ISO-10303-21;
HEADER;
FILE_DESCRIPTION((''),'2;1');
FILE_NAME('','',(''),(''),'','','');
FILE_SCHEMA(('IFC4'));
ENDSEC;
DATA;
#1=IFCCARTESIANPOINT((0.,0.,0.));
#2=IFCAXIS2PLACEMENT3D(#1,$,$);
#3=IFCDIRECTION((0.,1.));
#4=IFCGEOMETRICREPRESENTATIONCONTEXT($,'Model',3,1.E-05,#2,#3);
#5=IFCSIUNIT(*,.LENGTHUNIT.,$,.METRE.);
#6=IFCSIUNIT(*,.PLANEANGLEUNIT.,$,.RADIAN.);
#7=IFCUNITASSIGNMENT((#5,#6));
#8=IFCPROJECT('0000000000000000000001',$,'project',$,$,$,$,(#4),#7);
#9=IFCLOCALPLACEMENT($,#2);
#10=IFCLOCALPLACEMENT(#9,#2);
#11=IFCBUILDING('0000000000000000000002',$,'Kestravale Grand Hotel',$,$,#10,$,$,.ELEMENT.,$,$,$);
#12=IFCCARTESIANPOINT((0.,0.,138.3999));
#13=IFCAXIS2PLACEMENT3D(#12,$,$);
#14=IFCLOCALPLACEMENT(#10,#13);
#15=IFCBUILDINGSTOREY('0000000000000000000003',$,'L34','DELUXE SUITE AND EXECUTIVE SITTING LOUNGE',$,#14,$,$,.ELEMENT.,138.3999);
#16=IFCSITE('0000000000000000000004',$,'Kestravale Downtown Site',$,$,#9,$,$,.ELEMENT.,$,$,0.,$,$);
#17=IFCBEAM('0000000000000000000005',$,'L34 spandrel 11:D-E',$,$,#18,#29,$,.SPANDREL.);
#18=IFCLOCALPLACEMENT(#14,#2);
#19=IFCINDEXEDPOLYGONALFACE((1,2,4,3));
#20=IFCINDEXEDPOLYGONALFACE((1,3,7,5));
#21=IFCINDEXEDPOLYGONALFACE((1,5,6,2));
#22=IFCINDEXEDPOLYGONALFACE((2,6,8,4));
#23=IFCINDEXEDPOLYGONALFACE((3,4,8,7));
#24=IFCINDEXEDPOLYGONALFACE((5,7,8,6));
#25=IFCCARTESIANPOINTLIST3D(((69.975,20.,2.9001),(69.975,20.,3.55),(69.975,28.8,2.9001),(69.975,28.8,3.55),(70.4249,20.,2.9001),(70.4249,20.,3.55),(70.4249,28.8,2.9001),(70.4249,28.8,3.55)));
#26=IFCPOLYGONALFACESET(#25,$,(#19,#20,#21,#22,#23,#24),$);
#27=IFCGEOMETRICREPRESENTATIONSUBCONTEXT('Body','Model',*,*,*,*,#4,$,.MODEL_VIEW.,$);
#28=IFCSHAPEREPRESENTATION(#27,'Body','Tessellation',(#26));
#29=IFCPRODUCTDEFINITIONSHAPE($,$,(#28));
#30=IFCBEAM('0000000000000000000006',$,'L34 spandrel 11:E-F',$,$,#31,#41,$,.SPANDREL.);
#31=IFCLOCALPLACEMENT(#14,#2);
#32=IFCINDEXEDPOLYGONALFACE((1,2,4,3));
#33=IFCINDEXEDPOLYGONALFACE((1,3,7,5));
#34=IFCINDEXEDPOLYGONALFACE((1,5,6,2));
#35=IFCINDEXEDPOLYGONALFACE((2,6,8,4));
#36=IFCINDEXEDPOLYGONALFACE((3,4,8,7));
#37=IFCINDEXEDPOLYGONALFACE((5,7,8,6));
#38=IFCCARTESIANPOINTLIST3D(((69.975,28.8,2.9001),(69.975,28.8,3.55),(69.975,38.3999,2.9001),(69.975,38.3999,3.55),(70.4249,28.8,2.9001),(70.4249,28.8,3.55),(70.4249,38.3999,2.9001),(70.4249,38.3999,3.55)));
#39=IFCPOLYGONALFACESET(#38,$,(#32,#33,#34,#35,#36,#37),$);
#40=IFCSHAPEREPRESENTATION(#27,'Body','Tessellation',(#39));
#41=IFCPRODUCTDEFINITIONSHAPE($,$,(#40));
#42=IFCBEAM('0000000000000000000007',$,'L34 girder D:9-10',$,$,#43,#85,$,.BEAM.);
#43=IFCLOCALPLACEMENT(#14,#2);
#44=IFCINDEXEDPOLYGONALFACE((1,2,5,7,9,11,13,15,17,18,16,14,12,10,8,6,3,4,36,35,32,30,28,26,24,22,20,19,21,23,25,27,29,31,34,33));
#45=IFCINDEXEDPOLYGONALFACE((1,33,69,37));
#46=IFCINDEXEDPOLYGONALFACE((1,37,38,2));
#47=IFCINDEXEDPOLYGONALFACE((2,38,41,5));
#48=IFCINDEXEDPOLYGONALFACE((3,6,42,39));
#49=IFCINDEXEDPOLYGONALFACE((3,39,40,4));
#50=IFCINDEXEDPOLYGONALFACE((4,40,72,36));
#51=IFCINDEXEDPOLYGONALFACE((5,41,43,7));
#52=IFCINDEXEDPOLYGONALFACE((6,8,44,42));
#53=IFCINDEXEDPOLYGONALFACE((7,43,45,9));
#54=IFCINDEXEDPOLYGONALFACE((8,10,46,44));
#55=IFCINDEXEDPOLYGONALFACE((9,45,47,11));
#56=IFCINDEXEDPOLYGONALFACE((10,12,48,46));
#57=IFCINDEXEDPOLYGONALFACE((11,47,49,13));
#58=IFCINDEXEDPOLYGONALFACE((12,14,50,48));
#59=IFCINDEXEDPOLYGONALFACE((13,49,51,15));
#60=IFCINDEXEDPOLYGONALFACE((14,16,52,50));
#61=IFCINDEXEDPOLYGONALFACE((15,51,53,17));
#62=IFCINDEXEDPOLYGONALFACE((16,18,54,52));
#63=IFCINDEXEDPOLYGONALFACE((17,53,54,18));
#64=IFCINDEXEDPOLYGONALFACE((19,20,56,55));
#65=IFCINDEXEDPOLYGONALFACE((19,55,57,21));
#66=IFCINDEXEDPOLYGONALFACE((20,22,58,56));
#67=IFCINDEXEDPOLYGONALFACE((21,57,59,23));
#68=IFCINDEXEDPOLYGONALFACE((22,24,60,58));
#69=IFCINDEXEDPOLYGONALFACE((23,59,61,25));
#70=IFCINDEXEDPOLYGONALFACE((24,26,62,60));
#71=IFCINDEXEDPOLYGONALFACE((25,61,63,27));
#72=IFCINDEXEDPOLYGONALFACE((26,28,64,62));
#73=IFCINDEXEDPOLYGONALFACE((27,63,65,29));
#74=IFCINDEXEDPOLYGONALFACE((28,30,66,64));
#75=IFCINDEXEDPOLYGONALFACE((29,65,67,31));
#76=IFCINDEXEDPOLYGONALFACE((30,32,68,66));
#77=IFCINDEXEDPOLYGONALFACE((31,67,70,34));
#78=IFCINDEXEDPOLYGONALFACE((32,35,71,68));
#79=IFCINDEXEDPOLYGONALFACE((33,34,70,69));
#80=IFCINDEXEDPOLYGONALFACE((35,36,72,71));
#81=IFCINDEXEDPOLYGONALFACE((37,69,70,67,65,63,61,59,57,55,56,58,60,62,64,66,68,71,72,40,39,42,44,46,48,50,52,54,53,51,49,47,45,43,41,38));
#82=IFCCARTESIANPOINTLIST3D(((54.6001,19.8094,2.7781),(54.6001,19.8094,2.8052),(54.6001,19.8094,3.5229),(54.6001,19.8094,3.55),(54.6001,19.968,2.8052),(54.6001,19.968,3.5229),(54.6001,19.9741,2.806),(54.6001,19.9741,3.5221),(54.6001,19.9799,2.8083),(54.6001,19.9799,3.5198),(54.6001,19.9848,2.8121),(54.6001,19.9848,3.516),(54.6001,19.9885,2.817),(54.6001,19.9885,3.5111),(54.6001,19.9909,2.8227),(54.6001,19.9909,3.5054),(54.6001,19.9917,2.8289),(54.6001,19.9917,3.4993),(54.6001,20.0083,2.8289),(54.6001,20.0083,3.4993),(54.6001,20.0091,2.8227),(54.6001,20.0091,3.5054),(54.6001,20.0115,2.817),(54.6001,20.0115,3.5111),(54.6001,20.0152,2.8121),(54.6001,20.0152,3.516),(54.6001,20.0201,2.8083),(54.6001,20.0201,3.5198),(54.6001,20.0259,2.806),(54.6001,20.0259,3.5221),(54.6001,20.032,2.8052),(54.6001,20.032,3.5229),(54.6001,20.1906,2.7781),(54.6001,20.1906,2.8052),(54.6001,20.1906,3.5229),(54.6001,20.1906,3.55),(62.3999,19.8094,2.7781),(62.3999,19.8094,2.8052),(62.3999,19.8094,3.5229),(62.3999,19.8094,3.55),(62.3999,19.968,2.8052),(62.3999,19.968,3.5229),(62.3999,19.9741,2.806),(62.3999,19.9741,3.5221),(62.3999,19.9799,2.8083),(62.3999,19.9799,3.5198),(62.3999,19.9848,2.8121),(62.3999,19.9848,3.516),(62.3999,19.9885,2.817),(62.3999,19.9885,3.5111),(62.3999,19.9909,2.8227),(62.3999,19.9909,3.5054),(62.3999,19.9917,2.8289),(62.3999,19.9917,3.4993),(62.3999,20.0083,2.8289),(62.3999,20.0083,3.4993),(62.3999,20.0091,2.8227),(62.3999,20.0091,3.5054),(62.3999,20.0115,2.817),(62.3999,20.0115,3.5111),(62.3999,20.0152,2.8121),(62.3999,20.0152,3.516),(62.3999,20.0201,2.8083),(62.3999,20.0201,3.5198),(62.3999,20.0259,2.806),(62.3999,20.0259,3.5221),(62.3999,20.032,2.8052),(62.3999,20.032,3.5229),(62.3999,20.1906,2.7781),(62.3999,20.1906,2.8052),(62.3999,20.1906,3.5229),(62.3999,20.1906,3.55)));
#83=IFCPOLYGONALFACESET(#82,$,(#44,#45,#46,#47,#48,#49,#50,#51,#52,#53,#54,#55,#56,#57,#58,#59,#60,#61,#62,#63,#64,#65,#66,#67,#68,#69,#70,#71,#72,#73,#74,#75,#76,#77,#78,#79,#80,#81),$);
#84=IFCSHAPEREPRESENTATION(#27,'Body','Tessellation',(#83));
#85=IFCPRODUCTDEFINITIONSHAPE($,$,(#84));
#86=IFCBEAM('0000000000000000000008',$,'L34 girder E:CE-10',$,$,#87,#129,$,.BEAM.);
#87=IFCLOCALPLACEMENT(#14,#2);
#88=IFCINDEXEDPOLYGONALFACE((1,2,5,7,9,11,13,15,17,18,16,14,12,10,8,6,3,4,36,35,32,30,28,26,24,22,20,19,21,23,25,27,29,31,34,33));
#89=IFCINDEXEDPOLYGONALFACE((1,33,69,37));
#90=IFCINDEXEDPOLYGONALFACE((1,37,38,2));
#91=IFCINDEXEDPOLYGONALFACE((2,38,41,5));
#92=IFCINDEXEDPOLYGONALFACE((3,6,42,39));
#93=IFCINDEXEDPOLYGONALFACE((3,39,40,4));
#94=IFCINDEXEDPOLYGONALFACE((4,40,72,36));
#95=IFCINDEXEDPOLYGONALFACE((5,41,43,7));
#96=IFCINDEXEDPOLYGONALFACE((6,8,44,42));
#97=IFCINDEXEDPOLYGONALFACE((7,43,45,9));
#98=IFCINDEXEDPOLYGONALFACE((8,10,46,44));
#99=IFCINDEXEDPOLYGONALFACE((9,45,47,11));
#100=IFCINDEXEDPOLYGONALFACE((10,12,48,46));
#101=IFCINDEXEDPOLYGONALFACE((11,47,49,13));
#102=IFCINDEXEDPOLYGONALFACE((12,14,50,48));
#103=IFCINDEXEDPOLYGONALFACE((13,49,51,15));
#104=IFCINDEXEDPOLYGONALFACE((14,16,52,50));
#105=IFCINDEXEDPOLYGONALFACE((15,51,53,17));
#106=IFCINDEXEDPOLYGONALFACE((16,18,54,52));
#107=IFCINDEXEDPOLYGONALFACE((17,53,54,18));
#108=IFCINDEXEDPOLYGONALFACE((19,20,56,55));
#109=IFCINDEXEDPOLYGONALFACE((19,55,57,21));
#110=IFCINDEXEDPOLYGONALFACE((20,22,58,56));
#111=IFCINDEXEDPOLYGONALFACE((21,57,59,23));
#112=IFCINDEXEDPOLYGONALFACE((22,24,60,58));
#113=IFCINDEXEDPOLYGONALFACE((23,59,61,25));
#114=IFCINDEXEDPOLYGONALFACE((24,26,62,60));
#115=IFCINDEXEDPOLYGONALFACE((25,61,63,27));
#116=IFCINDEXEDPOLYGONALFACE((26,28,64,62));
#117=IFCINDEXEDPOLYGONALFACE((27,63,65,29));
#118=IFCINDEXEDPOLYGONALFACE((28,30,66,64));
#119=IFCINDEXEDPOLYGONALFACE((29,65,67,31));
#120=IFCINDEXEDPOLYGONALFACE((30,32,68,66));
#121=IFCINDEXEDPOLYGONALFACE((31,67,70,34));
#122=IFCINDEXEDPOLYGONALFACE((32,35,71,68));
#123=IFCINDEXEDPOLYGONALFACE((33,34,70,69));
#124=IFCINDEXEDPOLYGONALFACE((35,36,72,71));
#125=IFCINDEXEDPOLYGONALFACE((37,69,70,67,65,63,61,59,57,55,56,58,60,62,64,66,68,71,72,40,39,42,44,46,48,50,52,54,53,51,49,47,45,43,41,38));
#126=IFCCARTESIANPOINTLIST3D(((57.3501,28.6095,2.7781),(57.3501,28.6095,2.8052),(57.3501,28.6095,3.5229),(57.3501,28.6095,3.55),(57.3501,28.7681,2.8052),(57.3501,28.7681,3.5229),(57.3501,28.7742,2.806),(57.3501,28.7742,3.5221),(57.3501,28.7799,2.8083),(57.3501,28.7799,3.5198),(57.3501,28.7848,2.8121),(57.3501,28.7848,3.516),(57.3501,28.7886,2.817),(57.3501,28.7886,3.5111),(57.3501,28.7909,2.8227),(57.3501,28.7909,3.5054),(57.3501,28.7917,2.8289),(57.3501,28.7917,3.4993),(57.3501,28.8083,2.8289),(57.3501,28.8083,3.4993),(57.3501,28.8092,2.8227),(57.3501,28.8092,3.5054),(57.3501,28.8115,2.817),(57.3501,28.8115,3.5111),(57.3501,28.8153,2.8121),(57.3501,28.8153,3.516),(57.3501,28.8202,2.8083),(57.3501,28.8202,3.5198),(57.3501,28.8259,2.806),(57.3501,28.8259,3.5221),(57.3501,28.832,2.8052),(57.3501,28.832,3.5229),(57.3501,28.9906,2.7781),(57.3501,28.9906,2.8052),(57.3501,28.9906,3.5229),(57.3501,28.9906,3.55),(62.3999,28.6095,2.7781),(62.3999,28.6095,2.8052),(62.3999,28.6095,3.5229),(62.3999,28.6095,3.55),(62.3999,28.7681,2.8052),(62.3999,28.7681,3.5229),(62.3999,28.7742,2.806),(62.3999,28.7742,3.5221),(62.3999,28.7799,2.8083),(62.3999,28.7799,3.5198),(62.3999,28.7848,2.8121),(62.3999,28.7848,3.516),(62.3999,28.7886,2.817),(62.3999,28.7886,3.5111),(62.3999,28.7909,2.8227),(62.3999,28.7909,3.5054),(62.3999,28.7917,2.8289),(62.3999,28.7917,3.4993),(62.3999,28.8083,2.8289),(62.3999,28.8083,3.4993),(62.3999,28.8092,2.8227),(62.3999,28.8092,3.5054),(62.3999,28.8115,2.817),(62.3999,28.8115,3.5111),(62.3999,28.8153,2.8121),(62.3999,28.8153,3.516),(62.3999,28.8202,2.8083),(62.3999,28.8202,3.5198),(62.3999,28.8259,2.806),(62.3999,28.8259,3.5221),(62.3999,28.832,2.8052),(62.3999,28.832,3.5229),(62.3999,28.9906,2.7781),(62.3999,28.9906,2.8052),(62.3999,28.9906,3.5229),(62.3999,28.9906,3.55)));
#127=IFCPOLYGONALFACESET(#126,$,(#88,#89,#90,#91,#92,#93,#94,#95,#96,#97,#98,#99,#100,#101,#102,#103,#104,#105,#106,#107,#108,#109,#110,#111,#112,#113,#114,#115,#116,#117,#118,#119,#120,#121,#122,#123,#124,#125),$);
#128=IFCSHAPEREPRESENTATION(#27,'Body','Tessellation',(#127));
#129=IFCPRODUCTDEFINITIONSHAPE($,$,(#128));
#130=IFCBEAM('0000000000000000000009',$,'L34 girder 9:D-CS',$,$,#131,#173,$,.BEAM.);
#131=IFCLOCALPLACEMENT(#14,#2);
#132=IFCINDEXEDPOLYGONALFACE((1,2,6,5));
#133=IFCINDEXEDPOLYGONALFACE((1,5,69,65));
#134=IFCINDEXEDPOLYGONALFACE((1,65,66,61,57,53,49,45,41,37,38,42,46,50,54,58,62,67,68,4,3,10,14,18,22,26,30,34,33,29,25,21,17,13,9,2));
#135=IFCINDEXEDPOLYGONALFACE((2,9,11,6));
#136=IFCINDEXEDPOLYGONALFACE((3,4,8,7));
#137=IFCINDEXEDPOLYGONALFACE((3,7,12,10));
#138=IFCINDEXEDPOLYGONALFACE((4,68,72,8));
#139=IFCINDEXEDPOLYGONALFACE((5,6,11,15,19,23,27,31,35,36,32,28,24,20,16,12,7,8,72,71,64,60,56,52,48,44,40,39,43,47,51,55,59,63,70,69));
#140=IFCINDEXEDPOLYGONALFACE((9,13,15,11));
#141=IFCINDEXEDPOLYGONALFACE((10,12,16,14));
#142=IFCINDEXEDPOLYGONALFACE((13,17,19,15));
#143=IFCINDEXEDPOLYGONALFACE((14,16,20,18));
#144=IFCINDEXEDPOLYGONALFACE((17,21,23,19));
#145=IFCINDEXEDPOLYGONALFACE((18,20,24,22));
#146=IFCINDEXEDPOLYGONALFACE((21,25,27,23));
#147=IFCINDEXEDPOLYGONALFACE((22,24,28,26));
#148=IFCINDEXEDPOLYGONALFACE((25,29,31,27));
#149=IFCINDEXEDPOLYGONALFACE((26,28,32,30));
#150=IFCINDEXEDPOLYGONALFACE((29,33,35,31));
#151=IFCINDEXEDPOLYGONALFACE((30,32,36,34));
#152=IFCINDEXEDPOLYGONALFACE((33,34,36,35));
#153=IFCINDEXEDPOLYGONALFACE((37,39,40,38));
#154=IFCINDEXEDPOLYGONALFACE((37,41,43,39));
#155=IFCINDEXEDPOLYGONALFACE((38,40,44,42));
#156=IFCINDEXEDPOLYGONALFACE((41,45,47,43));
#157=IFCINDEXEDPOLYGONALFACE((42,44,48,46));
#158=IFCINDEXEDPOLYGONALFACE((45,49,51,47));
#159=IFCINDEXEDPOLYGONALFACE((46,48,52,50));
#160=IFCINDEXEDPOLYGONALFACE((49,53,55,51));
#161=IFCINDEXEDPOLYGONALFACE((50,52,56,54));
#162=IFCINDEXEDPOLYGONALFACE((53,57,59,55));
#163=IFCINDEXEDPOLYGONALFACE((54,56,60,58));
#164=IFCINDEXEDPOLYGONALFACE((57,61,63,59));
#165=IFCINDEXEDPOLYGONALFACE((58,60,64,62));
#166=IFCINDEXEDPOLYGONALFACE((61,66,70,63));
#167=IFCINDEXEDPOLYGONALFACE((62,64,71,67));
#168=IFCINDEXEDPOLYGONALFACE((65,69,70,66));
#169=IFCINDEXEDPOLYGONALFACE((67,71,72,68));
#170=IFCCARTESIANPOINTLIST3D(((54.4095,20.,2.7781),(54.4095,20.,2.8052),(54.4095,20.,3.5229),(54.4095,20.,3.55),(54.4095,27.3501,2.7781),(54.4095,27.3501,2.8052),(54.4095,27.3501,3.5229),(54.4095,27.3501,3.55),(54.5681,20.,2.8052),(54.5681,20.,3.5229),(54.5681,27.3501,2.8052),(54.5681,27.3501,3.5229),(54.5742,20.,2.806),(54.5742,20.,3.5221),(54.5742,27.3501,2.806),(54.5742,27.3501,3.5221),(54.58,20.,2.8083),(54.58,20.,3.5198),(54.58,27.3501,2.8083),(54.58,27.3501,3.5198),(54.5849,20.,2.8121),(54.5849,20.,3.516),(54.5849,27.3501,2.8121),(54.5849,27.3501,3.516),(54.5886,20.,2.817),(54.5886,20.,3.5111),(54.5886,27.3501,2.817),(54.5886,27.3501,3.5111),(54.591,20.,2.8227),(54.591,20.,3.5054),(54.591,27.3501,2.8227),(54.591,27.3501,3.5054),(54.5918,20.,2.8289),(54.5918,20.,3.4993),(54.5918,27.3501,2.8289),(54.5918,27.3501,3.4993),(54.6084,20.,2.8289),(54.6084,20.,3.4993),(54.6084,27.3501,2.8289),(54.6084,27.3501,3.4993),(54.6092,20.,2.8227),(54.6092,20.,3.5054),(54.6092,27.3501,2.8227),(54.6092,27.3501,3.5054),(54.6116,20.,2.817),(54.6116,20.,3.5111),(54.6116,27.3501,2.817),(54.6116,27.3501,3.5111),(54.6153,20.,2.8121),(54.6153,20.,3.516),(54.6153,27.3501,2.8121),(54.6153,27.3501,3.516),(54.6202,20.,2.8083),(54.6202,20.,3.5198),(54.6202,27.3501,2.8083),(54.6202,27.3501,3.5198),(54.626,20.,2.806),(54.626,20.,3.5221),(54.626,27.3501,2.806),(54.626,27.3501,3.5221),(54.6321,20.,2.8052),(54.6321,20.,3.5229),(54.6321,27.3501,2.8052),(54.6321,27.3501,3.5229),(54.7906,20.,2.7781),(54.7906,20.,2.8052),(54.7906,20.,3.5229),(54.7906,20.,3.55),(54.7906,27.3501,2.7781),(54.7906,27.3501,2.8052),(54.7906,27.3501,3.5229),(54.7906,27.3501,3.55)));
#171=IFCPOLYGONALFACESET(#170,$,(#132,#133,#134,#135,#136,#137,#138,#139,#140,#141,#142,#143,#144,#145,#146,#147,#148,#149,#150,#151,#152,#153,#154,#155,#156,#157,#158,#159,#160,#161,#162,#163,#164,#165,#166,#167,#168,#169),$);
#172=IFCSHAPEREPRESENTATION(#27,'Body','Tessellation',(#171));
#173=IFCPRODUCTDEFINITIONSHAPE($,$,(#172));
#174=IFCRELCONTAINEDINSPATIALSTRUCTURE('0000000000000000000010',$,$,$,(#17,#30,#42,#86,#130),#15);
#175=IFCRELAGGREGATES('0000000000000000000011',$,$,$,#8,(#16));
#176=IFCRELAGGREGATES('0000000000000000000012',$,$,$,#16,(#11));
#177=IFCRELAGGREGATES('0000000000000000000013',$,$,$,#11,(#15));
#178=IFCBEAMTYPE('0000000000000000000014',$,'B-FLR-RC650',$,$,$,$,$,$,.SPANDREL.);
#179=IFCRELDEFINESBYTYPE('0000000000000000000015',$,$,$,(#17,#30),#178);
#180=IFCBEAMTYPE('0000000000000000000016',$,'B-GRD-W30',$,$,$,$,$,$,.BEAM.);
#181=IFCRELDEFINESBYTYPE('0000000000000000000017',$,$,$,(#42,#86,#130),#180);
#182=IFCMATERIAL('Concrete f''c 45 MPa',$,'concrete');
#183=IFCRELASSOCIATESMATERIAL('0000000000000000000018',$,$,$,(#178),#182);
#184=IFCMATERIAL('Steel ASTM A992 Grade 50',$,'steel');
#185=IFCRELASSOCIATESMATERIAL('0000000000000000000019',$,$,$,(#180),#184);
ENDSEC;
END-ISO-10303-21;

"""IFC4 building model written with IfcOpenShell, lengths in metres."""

from ifc_helpers import new_model, si_unit, direction, frame, origin, origin_2d, place, context, subcontext, project, spatial, rectangle, i_section, extrude, material, material_profile, profile_set, type_object, element, save


model = new_model("IFC4")

# Units and contexts
model_context = context("Model", 3, precision=1e-05, world=origin(), true_north=direction((0.0, 1.0)))
body_context = subcontext(model_context, "Body", "Model", "MODEL_VIEW")
ifc_project = project(units=[si_unit("LENGTHUNIT", "METRE"), si_unit("PLANEANGLEUNIT", "RADIAN")], contexts=[model_context])

# Site, building, storey
site_placement = place(None, origin())
site = spatial("IfcSite", under=ifc_project, at=site_placement, Name="Kestravale Downtown Site", CompositionType="ELEMENT", RefElevation=0.0)
building_placement = place(site_placement, origin())
building = spatial("IfcBuilding", under=site, at=building_placement, Name="Kestravale Grand Hotel", CompositionType="ELEMENT")
storey_placement = place(building_placement, frame((0.0, 0.0, 138.3999)))
storey = spatial("IfcBuildingStorey", under=building, at=storey_placement, Name="L34", Description="DELUXE SUITE AND EXECUTIVE SITTING LOUNGE", CompositionType="ELEMENT", Elevation=138.3999)

# Beams
ifc_material_1 = material(Name="Concrete f'c 45 MPa", Category="concrete")
ifc_material_profile_1 = material_profile(ifc_material_1, rectangle(XDim=0.45, YDim=0.6499, at=origin_2d()))
ifc_profile_set_1 = profile_set([ifc_material_profile_1], Name="Concrete f'c 45 MPa")
beam_type_1 = type_object("IfcBeamType", Name="B-FLR-RC650", PredefinedType="SPANDREL", material=ifc_profile_set_1)
beam_1_placement = place(storey_placement, frame((70.2, 20.0, 3.2251), z_axis=(0.0, 1.0, 0.0), x_axis=(-1.0, 0.0, 0.0)))
element("IfcBeam", 1, at=beam_1_placement, inside=storey, type_object=beam_type_1, Name="L34 spandrel 11:D-E", PredefinedType="SPANDREL", context=body_context, shape_type="SweptSolid", body=[
    extrude(rectangle(XDim=0.45, YDim=0.6499, at=origin_2d()), origin(), (0.0, 0.0, 1.0), 8.8),
])
beam_2_placement = place(storey_placement, frame((70.2, 28.8, 3.2251), z_axis=(0.0, 1.0, 0.0), x_axis=(-1.0, 0.0, 0.0)))
element("IfcBeam", 2, at=beam_2_placement, inside=storey, type_object=beam_type_1, Name="L34 spandrel 11:E-F", PredefinedType="SPANDREL", context=body_context, shape_type="SweptSolid", body=[
    extrude(rectangle(XDim=0.45, YDim=0.6499, at=origin_2d()), origin(), (0.0, 0.0, 1.0), 9.5999),
])
ifc_material_2 = material(Name="Steel ASTM A992 Grade 50", Category="steel")
ifc_material_profile_2 = material_profile(ifc_material_2, i_section(OverallWidth=0.3811, OverallDepth=0.772, WebThickness=0.0166, FlangeThickness=0.0271, FilletRadius=0.0237, at=origin_2d()))
ifc_profile_set_2 = profile_set([ifc_material_profile_2], Name="Steel ASTM A992 Grade 50")
beam_type_2 = type_object("IfcBeamType", Name="B-GRD-W30", PredefinedType="BEAM", material=ifc_profile_set_2)
beam_3_placement = place(storey_placement, frame((54.6001, 20.0, 3.1641), z_axis=(1.0, 0.0, 0.0), x_axis=(0.0, 1.0, 0.0)))
element("IfcBeam", 3, at=beam_3_placement, inside=storey, type_object=beam_type_2, Name="L34 girder D:9-10", PredefinedType="BEAM", context=body_context, shape_type="SweptSolid", body=[
    extrude(i_section(OverallWidth=0.3811, OverallDepth=0.772, WebThickness=0.0166, FlangeThickness=0.0271, FilletRadius=0.0237, at=origin_2d()), origin(), (0.0, 0.0, 1.0), 7.7998),
])
beam_4_placement = place(storey_placement, frame((57.3501, 28.8, 3.1641), z_axis=(1.0, 0.0, 0.0), x_axis=(0.0, 1.0, 0.0)))
element("IfcBeam", 4, at=beam_4_placement, inside=storey, type_object=beam_type_2, Name="L34 girder E:CE-10", PredefinedType="BEAM", context=body_context, shape_type="SweptSolid", body=[
    extrude(i_section(OverallWidth=0.3811, OverallDepth=0.772, WebThickness=0.0166, FlangeThickness=0.0271, FilletRadius=0.0237, at=origin_2d()), origin(), (0.0, 0.0, 1.0), 5.0498),
])
beam_5_placement = place(storey_placement, frame((54.6001, 20.0, 3.1641), z_axis=(0.0, 1.0, 0.0), x_axis=(-1.0, 0.0, 0.0)))
element("IfcBeam", 5, at=beam_5_placement, inside=storey, type_object=beam_type_2, Name="L34 girder 9:D-CS", PredefinedType="BEAM", context=body_context, shape_type="SweptSolid", body=[
    extrude(i_section(OverallWidth=0.3811, OverallDepth=0.772, WebThickness=0.0166, FlangeThickness=0.0271, FilletRadius=0.0237, at=origin_2d()), origin(), (0.0, 0.0, 1.0), 7.3501),
])

save(model, "model.ifc")
